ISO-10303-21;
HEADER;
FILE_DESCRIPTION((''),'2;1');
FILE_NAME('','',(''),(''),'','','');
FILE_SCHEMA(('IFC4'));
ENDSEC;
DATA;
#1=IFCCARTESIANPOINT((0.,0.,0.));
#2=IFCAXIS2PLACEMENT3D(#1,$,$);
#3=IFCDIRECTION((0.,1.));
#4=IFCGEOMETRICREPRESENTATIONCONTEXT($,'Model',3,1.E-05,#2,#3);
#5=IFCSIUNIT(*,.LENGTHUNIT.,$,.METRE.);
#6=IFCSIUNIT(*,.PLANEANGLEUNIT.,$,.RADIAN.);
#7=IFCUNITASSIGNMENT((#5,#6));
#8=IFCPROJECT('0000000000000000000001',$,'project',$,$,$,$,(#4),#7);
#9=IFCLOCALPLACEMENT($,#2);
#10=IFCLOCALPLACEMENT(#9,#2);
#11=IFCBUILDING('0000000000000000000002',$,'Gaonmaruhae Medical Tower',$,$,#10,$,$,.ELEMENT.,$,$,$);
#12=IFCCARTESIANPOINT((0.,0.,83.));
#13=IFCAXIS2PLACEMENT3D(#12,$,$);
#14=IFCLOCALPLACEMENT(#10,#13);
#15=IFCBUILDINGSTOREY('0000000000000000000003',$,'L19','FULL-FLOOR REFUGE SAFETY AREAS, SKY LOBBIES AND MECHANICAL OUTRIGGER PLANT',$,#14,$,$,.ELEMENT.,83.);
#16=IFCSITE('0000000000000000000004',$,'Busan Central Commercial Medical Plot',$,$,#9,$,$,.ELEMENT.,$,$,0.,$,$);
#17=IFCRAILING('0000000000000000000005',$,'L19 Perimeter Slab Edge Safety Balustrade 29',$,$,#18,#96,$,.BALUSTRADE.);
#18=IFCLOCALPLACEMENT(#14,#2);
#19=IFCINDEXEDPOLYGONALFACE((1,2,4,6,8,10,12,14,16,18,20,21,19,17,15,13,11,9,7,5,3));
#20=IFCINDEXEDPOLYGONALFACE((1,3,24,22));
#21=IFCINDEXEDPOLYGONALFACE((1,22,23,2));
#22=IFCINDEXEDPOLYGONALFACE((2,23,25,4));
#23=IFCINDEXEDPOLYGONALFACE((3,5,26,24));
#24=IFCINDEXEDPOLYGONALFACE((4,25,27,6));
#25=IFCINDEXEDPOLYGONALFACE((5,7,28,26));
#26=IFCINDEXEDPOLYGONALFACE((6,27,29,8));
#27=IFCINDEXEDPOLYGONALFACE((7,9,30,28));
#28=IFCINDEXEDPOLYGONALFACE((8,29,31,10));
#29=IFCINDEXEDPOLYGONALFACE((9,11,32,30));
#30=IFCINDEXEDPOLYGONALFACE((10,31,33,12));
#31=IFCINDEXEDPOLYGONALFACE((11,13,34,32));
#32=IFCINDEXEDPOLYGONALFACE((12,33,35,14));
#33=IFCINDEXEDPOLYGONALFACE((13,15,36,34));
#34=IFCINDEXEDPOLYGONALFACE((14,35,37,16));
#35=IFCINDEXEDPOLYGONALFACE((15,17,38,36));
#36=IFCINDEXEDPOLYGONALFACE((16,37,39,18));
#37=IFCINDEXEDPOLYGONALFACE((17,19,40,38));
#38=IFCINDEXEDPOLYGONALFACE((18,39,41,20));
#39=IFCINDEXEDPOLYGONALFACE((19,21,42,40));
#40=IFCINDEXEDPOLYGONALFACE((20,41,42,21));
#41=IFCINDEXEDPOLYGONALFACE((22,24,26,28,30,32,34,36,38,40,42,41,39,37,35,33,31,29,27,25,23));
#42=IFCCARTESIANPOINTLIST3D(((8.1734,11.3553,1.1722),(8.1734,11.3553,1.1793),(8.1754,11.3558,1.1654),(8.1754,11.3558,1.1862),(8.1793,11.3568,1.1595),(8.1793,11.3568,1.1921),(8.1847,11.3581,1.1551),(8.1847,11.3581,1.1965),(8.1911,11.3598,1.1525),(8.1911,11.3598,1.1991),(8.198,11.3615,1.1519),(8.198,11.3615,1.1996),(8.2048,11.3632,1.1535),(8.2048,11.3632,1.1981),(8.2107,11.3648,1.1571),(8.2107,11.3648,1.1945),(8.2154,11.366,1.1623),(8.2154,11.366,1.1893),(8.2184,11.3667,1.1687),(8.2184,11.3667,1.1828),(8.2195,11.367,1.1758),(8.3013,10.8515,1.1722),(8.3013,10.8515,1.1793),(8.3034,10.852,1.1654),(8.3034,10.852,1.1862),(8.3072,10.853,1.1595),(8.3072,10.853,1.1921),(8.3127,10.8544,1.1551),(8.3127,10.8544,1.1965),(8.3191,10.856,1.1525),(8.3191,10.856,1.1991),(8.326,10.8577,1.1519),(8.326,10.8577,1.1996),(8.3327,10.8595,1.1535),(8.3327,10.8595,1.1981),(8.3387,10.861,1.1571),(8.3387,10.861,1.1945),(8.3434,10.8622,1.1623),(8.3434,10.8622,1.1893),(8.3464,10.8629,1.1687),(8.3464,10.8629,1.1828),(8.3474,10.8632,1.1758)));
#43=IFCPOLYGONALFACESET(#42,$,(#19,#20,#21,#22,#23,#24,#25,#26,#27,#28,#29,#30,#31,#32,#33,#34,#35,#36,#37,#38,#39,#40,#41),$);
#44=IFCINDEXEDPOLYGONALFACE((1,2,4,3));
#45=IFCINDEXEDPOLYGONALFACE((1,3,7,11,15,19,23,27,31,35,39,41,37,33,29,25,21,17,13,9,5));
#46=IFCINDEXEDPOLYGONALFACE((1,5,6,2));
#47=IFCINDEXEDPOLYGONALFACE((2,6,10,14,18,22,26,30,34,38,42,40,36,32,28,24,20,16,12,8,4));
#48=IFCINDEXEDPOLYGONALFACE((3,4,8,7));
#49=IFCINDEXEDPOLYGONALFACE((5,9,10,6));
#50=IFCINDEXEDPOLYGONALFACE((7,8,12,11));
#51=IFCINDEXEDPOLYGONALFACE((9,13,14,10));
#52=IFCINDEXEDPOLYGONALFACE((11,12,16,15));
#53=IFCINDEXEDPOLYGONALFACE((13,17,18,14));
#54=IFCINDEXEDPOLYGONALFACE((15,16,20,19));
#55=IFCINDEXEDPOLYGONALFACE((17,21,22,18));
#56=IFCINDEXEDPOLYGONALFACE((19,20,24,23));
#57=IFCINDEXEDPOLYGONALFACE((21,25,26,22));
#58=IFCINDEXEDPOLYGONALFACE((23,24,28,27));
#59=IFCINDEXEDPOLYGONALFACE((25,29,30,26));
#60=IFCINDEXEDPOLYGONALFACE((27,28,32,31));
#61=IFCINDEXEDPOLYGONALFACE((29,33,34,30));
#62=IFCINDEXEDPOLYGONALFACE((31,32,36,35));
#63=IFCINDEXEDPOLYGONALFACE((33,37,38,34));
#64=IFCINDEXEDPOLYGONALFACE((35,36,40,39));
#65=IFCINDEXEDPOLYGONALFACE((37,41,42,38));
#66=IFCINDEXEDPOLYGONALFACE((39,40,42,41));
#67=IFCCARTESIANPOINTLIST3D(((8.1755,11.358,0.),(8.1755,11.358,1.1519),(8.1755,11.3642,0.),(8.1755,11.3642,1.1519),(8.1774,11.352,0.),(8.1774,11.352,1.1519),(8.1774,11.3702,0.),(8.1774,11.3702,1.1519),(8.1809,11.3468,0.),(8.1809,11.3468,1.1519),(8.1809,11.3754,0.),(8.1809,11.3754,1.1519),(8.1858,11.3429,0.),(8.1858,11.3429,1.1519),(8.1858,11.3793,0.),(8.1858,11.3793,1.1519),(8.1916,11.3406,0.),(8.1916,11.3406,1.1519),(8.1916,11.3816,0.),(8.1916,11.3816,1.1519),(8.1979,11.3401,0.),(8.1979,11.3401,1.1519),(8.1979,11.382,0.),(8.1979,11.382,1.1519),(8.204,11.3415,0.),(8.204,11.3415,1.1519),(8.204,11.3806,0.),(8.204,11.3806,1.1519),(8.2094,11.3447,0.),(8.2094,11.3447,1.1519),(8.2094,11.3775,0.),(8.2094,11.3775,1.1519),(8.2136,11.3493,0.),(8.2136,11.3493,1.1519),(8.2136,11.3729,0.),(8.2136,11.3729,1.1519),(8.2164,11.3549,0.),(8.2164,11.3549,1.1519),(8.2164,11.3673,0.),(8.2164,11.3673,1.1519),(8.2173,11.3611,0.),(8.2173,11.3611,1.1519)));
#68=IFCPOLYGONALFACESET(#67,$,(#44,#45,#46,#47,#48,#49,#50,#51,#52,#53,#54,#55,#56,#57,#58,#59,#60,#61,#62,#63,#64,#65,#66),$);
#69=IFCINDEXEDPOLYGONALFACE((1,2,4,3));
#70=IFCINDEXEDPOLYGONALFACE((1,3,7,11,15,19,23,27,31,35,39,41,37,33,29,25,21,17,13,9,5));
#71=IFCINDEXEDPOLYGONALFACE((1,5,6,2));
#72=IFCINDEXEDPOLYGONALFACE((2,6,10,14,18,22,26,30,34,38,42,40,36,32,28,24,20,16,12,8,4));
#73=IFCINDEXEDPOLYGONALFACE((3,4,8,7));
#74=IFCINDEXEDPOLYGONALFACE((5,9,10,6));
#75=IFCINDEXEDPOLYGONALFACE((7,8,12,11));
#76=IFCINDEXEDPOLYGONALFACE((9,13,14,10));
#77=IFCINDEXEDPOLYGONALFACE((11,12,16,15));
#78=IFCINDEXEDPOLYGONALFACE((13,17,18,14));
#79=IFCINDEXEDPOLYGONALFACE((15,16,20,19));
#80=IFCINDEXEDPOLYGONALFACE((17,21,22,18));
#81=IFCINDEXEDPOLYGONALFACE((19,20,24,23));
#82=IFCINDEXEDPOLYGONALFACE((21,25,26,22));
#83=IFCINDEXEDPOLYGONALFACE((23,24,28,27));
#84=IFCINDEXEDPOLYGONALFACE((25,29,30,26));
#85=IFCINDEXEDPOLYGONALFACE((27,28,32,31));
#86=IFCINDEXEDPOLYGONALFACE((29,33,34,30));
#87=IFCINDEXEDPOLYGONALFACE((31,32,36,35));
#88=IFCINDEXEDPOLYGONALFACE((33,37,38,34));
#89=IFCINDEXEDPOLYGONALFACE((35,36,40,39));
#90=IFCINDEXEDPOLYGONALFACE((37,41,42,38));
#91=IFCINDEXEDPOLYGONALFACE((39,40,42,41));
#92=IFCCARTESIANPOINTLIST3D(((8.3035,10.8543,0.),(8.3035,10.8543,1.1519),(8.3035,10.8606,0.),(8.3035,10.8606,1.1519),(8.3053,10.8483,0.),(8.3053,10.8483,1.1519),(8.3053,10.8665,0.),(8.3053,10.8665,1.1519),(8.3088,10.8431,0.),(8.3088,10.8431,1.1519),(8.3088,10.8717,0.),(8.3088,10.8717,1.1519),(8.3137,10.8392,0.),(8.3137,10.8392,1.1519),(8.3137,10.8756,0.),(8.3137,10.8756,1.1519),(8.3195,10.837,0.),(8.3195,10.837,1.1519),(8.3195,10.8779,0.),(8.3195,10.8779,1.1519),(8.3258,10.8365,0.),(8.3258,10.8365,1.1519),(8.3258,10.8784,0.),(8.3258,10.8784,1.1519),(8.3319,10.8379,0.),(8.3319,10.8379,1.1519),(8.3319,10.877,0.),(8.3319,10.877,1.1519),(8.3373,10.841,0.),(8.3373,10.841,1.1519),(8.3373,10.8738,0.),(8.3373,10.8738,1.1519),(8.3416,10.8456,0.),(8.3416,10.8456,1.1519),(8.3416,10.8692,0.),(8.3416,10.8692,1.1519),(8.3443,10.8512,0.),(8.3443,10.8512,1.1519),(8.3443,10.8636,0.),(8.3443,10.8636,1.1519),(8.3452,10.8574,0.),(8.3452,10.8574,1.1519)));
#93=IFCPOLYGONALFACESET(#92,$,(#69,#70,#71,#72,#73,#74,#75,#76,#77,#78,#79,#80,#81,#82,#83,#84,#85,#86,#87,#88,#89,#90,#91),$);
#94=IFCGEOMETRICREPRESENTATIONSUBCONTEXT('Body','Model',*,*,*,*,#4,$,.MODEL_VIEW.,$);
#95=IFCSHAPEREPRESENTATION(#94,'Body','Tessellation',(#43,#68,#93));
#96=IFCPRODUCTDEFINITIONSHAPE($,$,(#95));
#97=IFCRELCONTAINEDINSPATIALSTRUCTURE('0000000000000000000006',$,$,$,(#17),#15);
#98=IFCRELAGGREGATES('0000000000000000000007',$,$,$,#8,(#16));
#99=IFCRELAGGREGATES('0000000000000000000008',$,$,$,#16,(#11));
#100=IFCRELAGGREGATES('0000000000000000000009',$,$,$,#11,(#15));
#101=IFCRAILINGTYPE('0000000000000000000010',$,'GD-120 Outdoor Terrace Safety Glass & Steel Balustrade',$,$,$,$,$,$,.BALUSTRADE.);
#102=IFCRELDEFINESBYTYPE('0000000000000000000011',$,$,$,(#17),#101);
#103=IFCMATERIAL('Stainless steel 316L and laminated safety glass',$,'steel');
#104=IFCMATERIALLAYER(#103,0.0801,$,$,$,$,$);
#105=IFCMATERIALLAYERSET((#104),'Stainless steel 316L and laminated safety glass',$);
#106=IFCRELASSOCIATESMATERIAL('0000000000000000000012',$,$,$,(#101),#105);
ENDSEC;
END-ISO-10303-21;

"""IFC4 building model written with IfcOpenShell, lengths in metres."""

from ifc_helpers import new_model, si_unit, direction, frame, origin, origin_2d, place, context, subcontext, project, spatial, circle, extrude, material, layer, layer_set, type_object, element, save


model = new_model("IFC4")

# Units and contexts
model_context = context("Model", 3, precision=1e-05, world=origin(), true_north=direction((0.0, 1.0)))
body_context = subcontext(model_context, "Body", "Model", "MODEL_VIEW")
ifc_project = project(units=[si_unit("LENGTHUNIT", "METRE"), si_unit("PLANEANGLEUNIT", "RADIAN")], contexts=[model_context])

# Site, building, storey
site_placement = place(None, origin())
site = spatial("IfcSite", under=ifc_project, at=site_placement, Name="Busan Central Commercial Medical Plot", CompositionType="ELEMENT", RefElevation=0.0)
building_placement = place(site_placement, origin())
building = spatial("IfcBuilding", under=site, at=building_placement, Name="Gaonmaruhae Medical Tower", CompositionType="ELEMENT")
storey_placement = place(building_placement, frame((0.0, 0.0, 83.0)))
storey = spatial("IfcBuildingStorey", under=building, at=storey_placement, Name="L19", Description="FULL-FLOOR REFUGE SAFETY AREAS, SKY LOBBIES AND MECHANICAL OUTRIGGER PLANT", CompositionType="ELEMENT", Elevation=83.0)

# Railing
ifc_material_1 = material(Name="Stainless steel 316L and laminated safety glass", Category="steel")
ifc_layer_1 = layer(ifc_material_1, 0.0801)
ifc_layer_set_1 = layer_set([ifc_layer_1], Name="Stainless steel 316L and laminated safety glass")
railing_type_1 = type_object("IfcRailingType", Name="GD-120 Outdoor Terrace Safety Glass & Steel Balustrade", PredefinedType="BALUSTRADE", material=ifc_layer_set_1)
railing_1_placement = place(storey_placement, frame((8.1963, 11.3611, 0.0)))
element("IfcRailing", 1, at=railing_1_placement, inside=storey, type_object=railing_type_1, Name="L19 Perimeter Slab Edge Safety Balustrade 29", PredefinedType="BALUSTRADE", context=body_context, shape_type="SweptSolid", body=[
    extrude(circle(Radius=0.0239, at=origin_2d()), frame((0.0, 0.0, 1.1758), z_axis=(0.246182, -0.969224, 0.0), x_axis=(0.969224, 0.246182, 0.0)), (0.0, 0.0, 1.0), 0.5198),
    extrude(circle(Radius=0.021, at=origin_2d()), origin(), (0.0, 0.0, 1.0), 1.1519),
    extrude(circle(Radius=0.021, at=origin_2d()), frame((0.1279, -0.5037, 0.0)), (0.0, 0.0, 1.0), 1.1519),
])

save(model, "model.ifc")
